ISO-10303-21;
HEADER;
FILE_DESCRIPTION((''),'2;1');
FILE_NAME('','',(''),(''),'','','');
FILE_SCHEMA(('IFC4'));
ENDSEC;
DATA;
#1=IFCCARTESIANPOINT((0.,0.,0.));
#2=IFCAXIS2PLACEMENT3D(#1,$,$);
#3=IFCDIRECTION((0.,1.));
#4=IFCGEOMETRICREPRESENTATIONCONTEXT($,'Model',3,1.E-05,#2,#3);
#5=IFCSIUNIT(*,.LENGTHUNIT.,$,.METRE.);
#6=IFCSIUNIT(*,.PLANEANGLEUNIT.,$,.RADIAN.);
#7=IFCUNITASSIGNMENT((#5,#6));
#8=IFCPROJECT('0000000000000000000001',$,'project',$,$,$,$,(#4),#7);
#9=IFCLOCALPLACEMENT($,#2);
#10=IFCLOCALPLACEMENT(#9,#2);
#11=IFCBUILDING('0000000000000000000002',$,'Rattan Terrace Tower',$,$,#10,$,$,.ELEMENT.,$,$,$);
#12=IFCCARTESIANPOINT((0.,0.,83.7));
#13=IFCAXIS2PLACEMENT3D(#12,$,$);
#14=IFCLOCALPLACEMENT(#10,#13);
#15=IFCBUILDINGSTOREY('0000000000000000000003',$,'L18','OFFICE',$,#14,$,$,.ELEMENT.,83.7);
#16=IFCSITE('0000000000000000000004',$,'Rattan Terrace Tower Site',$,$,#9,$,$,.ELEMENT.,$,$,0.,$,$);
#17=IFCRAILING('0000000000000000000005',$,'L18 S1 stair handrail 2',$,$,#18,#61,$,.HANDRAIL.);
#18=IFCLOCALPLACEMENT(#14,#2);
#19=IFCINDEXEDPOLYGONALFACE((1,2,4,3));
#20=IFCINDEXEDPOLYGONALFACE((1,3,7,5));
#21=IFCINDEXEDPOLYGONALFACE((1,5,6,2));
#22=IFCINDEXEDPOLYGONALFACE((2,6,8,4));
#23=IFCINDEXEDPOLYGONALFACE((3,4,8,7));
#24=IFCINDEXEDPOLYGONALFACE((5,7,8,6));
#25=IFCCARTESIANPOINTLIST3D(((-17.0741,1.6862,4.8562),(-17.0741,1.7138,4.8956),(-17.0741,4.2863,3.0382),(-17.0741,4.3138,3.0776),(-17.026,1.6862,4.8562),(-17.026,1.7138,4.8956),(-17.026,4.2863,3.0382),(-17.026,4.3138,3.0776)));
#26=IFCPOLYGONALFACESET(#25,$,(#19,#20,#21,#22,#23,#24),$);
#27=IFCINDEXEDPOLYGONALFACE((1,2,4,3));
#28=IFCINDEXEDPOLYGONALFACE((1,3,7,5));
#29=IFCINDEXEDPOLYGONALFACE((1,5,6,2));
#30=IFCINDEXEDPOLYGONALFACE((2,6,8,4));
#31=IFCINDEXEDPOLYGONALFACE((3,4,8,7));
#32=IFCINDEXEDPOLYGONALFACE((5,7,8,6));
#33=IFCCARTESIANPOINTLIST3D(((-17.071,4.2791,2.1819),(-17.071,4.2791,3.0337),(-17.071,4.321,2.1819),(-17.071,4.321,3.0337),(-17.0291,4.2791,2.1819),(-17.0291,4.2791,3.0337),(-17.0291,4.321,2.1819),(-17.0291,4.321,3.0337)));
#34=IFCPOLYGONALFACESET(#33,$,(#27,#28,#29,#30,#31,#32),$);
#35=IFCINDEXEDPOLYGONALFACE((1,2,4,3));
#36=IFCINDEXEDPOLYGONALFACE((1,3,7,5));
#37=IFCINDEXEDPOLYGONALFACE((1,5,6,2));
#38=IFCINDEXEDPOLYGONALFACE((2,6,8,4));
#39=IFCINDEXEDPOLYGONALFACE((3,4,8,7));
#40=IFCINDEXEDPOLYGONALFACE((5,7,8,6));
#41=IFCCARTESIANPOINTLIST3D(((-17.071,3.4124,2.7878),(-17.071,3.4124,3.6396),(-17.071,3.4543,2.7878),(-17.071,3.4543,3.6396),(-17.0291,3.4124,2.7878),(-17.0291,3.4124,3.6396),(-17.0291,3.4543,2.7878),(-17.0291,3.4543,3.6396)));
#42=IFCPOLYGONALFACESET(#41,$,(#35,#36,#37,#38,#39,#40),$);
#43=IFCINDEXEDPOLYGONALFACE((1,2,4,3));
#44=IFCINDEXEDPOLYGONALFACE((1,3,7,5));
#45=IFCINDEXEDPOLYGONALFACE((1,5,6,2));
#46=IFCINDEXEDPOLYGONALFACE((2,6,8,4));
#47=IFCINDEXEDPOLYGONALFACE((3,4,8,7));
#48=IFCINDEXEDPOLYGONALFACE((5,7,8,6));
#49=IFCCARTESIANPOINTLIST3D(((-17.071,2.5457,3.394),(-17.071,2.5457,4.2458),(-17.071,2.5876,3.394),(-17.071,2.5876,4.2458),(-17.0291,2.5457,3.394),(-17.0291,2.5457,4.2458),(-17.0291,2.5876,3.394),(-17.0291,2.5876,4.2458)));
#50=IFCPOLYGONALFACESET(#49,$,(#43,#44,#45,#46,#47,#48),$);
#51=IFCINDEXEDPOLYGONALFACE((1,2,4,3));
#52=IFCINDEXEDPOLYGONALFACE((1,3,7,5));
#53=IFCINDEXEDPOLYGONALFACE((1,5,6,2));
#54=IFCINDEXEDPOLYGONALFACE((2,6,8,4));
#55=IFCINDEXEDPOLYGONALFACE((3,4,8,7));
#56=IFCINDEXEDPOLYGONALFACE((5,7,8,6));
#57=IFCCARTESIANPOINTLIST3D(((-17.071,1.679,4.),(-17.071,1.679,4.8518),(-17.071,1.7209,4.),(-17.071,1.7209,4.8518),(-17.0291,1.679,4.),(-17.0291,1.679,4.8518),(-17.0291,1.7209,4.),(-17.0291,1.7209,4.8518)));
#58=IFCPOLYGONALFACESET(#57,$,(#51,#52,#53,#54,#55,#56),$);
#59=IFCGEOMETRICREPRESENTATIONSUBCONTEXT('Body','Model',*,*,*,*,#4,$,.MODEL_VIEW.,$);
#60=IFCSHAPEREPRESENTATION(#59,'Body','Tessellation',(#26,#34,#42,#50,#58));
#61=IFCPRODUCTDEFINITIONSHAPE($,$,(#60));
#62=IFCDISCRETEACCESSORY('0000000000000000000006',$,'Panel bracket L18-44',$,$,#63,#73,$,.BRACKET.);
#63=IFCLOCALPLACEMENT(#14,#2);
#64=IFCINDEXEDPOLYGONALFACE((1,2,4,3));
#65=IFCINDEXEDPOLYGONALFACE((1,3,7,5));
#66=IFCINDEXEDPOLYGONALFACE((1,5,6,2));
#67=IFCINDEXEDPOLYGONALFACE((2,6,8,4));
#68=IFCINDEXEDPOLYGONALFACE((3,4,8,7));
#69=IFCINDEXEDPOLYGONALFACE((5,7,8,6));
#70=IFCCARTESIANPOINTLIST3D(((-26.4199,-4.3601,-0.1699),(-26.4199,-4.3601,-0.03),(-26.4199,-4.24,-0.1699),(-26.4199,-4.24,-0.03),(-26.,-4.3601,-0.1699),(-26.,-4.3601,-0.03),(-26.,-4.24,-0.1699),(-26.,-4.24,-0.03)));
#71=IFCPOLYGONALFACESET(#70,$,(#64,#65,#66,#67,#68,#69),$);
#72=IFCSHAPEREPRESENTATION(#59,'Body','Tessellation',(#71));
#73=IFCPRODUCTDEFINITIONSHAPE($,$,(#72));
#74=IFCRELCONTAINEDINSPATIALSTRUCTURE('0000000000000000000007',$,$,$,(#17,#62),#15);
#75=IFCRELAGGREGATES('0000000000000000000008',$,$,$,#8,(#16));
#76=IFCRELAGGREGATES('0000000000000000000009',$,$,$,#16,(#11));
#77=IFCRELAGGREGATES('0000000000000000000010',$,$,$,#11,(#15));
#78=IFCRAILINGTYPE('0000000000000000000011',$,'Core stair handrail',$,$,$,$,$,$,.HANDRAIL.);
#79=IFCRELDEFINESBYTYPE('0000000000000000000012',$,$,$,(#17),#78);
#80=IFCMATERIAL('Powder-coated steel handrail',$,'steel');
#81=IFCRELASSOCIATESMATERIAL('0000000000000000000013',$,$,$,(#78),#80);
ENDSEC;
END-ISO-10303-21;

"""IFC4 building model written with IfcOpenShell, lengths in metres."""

from ifc_helpers import new_model, si_unit, direction, frame, origin, origin_2d, place, context, subcontext, project, spatial, rectangle, extrude, material, type_object, element, save


model = new_model("IFC4")

# Units and contexts
model_context = context("Model", 3, precision=1e-05, world=origin(), true_north=direction((0.0, 1.0)))
body_context = subcontext(model_context, "Body", "Model", "MODEL_VIEW")
ifc_project = project(units=[si_unit("LENGTHUNIT", "METRE"), si_unit("PLANEANGLEUNIT", "RADIAN")], contexts=[model_context])

# Site, building, storey
site_placement = place(None, origin())
site = spatial("IfcSite", under=ifc_project, at=site_placement, Name="Rattan Terrace Tower Site", CompositionType="ELEMENT", RefElevation=0.0)
building_placement = place(site_placement, origin())
building = spatial("IfcBuilding", under=site, at=building_placement, Name="Rattan Terrace Tower", CompositionType="ELEMENT")
storey_placement = place(building_placement, frame((0.0, 0.0, 83.7)))
storey = spatial("IfcBuildingStorey", under=building, at=storey_placement, Name="L18", Description="OFFICE", CompositionType="ELEMENT", Elevation=83.7)

# Railing
ifc_material_1 = material(Name="Powder-coated steel handrail", Category="steel")
railing_type_1 = type_object("IfcRailingType", Name="Core stair handrail", PredefinedType="HANDRAIL", material=ifc_material_1)
railing_1_placement = place(storey_placement, frame((-17.05, 4.3, 2.1819)))
element("IfcRailing", 1, at=railing_1_placement, inside=storey, type_object=railing_type_1, Name="L18 S1 stair handrail 2", PredefinedType="HANDRAIL", context=body_context, shape_type="SweptSolid", body=[
    extrude(rectangle(XDim=0.0481, YDim=0.0481, at=origin_2d()), frame((0.0, 0.0, 0.876), z_axis=(0.0, -0.819521, 0.573049), x_axis=(1.0, 0.0, 0.0)), (0.0, 0.0, 1.0), 3.1726),
    extrude(rectangle(XDim=0.042, YDim=0.042, at=origin_2d()), origin(), (0.0, 0.0, 1.0), 0.8518),
    extrude(rectangle(XDim=0.042, YDim=0.042, at=origin_2d()), frame((0.0, -0.8667, 0.606)), (0.0, 0.0, 1.0), 0.8518),
    extrude(rectangle(XDim=0.042, YDim=0.042, at=origin_2d()), frame((0.0, -1.7334, 1.2122)), (0.0, 0.0, 1.0), 0.8518),
    extrude(rectangle(XDim=0.042, YDim=0.042, at=origin_2d()), frame((0.0, -2.6001, 1.8181)), (0.0, 0.0, 1.0), 0.8518),
])

# Discrete accessory
discrete_accessory_placement = place(storey_placement, frame((-26.21, -4.3, -0.1699), z_axis=(0.0, 0.0, 1.0), x_axis=(0.0, -1.0, 0.0)))
element("IfcDiscreteAccessory", 2, at=discrete_accessory_placement, inside=storey, Name="Panel bracket L18-44", PredefinedType="BRACKET", context=body_context, shape_type="SweptSolid", body=[
    extrude(rectangle(XDim=0.1201, YDim=0.4199, at=origin_2d()), origin(), (0.0, 0.0, 1.0), 0.1399),
])

save(model, "model.ifc")
